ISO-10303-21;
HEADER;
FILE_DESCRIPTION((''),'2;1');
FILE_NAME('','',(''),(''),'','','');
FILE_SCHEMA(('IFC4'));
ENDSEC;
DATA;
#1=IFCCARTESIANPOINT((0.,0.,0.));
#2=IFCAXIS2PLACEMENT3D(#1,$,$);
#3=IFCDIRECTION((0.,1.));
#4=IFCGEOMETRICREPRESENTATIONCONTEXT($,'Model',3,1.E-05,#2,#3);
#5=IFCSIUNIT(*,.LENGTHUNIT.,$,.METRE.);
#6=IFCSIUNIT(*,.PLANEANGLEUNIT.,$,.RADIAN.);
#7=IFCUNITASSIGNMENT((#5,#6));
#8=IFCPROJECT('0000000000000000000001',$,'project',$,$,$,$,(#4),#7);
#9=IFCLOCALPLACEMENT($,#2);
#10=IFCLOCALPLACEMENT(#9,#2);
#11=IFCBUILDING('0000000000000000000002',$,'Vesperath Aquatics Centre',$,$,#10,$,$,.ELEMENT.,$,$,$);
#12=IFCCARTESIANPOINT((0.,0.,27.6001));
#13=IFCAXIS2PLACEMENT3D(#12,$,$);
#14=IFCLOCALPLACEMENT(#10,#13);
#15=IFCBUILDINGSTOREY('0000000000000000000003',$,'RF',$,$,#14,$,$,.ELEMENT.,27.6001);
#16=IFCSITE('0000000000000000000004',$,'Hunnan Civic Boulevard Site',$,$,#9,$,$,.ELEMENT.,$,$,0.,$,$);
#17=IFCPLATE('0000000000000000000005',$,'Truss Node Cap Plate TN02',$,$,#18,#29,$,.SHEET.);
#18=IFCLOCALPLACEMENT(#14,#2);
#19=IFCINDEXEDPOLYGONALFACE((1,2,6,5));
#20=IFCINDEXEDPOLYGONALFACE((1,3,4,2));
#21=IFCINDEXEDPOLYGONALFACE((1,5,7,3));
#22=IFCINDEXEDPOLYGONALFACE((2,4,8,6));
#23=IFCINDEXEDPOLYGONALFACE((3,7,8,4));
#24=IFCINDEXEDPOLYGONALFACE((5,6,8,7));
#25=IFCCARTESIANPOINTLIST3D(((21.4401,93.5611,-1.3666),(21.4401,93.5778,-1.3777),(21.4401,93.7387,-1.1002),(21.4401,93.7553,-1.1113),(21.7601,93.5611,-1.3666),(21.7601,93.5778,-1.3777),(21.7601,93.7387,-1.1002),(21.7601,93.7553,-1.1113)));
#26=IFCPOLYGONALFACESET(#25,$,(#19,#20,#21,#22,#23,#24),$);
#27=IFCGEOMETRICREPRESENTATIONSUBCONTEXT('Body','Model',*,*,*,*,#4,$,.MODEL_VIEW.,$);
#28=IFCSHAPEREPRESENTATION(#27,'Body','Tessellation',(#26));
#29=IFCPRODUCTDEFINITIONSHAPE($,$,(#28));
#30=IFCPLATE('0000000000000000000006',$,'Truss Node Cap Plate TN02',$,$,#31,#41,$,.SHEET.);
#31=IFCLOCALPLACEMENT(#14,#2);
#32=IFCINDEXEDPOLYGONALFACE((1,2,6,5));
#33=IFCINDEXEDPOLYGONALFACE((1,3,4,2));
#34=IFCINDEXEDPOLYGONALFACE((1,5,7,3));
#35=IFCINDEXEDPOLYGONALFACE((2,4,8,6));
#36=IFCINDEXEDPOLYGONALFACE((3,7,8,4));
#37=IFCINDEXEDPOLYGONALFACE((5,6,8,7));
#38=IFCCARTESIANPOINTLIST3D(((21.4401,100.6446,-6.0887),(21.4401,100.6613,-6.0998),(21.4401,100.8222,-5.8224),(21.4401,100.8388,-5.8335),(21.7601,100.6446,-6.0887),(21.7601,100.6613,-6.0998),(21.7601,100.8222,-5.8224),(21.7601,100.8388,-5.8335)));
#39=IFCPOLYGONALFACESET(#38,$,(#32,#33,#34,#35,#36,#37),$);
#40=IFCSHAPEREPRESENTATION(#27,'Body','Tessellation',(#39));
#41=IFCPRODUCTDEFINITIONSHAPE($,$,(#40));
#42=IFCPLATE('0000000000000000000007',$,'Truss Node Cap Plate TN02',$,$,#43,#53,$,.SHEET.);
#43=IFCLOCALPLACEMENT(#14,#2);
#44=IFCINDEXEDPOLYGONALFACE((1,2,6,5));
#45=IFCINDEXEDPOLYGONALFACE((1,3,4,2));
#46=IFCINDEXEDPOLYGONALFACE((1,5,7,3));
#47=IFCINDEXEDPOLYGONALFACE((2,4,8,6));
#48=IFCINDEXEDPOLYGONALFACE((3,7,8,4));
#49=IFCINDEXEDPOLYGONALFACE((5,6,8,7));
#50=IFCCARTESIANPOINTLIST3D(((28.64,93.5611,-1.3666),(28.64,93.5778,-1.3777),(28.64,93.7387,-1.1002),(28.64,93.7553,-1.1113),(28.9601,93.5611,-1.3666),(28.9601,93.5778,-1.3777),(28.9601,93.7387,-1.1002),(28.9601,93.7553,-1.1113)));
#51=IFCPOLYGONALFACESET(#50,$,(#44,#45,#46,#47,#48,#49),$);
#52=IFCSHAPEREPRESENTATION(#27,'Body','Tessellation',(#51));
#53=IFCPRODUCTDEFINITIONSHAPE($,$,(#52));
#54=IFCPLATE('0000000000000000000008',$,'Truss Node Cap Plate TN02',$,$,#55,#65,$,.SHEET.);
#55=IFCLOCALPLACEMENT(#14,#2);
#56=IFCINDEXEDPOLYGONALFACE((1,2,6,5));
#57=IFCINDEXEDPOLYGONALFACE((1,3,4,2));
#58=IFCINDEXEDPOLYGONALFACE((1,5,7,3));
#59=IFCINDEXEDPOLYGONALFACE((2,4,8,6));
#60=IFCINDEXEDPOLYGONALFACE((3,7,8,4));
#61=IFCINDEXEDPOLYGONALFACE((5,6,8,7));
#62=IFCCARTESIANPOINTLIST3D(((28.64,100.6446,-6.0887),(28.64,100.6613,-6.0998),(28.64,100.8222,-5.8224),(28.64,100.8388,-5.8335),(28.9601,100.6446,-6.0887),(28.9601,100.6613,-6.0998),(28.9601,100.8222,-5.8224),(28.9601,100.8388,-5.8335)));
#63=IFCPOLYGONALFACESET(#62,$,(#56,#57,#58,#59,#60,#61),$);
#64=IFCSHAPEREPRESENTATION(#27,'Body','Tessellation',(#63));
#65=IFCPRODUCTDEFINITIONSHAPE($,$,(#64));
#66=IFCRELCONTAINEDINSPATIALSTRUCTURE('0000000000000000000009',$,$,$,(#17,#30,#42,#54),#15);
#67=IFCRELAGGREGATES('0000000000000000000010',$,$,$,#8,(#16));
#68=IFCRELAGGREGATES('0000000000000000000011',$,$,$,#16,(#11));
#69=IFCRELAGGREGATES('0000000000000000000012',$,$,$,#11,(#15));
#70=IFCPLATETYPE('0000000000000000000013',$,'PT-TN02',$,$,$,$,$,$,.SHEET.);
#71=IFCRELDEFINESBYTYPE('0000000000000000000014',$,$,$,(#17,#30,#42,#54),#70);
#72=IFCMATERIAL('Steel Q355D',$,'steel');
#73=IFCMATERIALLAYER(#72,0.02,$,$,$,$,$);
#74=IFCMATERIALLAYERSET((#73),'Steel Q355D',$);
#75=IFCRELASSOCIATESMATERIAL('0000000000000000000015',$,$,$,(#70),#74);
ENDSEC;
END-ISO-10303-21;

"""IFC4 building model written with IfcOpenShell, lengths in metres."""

from ifc_helpers import new_model, si_unit, direction, frame, origin, origin_2d, place, context, subcontext, project, spatial, rectangle, extrude, material, layer, layer_set, type_object, element, save


model = new_model("IFC4")

# Units and contexts
model_context = context("Model", 3, precision=1e-05, world=origin(), true_north=direction((0.0, 1.0)))
body_context = subcontext(model_context, "Body", "Model", "MODEL_VIEW")
ifc_project = project(units=[si_unit("LENGTHUNIT", "METRE"), si_unit("PLANEANGLEUNIT", "RADIAN")], contexts=[model_context])

# Site, building, storey
site_placement = place(None, origin())
site = spatial("IfcSite", under=ifc_project, at=site_placement, Name="Hunnan Civic Boulevard Site", CompositionType="ELEMENT", RefElevation=0.0)
building_placement = place(site_placement, origin())
building = spatial("IfcBuilding", under=site, at=building_placement, Name="Vesperath Aquatics Centre", CompositionType="ELEMENT")
storey_placement = place(building_placement, frame((0.0, 0.0, 27.6001)))
storey = spatial("IfcBuildingStorey", under=building, at=storey_placement, Name="RF", CompositionType="ELEMENT", Elevation=27.6001)

# Shared definitions
ifc_material_1 = material(Name="Steel Q355D", Category="steel")

# Plates
ifc_layer = layer(ifc_material_1, 0.02)
ifc_layer_set = layer_set([ifc_layer], Name="Steel Q355D")
plate_type = type_object("IfcPlateType", Name="PT-TN02", PredefinedType="SHEET", material=ifc_layer_set)
for number, where, z_axis, x_axis, name in (
    (1, (21.6001, 93.6499, -1.2334), (0.0, 0.83205, -0.5547), (-1.0, 0.0, 0.0), "Truss Node Cap Plate TN02"),
    (2, (21.6001, 100.7334, -5.9556), (0.0, 0.83205, -0.5547), (-1.0, 0.0, 0.0), "Truss Node Cap Plate TN02"),
    (3, (28.8, 93.6499, -1.2334), (0.0, 0.83205, -0.5547), (-1.0, 0.0, 0.0), "Truss Node Cap Plate TN02"),
    (4, (28.8, 100.7334, -5.9556), (0.0, 0.83205, -0.5547), (-1.0, 0.0, 0.0), "Truss Node Cap Plate TN02"),
):
    element("IfcPlate", number, at=place(storey_placement, frame(where, z_axis=z_axis, x_axis=x_axis)), inside=storey, type_object=plate_type, Name=name, PredefinedType="SHEET", context=body_context, shape_type="SweptSolid", body=[
        extrude(rectangle(XDim=0.3201, YDim=0.3201, at=origin_2d()), origin(), (0.0, 0.0, 1.0), 0.02),
    ])

save(model, "model.ifc")
